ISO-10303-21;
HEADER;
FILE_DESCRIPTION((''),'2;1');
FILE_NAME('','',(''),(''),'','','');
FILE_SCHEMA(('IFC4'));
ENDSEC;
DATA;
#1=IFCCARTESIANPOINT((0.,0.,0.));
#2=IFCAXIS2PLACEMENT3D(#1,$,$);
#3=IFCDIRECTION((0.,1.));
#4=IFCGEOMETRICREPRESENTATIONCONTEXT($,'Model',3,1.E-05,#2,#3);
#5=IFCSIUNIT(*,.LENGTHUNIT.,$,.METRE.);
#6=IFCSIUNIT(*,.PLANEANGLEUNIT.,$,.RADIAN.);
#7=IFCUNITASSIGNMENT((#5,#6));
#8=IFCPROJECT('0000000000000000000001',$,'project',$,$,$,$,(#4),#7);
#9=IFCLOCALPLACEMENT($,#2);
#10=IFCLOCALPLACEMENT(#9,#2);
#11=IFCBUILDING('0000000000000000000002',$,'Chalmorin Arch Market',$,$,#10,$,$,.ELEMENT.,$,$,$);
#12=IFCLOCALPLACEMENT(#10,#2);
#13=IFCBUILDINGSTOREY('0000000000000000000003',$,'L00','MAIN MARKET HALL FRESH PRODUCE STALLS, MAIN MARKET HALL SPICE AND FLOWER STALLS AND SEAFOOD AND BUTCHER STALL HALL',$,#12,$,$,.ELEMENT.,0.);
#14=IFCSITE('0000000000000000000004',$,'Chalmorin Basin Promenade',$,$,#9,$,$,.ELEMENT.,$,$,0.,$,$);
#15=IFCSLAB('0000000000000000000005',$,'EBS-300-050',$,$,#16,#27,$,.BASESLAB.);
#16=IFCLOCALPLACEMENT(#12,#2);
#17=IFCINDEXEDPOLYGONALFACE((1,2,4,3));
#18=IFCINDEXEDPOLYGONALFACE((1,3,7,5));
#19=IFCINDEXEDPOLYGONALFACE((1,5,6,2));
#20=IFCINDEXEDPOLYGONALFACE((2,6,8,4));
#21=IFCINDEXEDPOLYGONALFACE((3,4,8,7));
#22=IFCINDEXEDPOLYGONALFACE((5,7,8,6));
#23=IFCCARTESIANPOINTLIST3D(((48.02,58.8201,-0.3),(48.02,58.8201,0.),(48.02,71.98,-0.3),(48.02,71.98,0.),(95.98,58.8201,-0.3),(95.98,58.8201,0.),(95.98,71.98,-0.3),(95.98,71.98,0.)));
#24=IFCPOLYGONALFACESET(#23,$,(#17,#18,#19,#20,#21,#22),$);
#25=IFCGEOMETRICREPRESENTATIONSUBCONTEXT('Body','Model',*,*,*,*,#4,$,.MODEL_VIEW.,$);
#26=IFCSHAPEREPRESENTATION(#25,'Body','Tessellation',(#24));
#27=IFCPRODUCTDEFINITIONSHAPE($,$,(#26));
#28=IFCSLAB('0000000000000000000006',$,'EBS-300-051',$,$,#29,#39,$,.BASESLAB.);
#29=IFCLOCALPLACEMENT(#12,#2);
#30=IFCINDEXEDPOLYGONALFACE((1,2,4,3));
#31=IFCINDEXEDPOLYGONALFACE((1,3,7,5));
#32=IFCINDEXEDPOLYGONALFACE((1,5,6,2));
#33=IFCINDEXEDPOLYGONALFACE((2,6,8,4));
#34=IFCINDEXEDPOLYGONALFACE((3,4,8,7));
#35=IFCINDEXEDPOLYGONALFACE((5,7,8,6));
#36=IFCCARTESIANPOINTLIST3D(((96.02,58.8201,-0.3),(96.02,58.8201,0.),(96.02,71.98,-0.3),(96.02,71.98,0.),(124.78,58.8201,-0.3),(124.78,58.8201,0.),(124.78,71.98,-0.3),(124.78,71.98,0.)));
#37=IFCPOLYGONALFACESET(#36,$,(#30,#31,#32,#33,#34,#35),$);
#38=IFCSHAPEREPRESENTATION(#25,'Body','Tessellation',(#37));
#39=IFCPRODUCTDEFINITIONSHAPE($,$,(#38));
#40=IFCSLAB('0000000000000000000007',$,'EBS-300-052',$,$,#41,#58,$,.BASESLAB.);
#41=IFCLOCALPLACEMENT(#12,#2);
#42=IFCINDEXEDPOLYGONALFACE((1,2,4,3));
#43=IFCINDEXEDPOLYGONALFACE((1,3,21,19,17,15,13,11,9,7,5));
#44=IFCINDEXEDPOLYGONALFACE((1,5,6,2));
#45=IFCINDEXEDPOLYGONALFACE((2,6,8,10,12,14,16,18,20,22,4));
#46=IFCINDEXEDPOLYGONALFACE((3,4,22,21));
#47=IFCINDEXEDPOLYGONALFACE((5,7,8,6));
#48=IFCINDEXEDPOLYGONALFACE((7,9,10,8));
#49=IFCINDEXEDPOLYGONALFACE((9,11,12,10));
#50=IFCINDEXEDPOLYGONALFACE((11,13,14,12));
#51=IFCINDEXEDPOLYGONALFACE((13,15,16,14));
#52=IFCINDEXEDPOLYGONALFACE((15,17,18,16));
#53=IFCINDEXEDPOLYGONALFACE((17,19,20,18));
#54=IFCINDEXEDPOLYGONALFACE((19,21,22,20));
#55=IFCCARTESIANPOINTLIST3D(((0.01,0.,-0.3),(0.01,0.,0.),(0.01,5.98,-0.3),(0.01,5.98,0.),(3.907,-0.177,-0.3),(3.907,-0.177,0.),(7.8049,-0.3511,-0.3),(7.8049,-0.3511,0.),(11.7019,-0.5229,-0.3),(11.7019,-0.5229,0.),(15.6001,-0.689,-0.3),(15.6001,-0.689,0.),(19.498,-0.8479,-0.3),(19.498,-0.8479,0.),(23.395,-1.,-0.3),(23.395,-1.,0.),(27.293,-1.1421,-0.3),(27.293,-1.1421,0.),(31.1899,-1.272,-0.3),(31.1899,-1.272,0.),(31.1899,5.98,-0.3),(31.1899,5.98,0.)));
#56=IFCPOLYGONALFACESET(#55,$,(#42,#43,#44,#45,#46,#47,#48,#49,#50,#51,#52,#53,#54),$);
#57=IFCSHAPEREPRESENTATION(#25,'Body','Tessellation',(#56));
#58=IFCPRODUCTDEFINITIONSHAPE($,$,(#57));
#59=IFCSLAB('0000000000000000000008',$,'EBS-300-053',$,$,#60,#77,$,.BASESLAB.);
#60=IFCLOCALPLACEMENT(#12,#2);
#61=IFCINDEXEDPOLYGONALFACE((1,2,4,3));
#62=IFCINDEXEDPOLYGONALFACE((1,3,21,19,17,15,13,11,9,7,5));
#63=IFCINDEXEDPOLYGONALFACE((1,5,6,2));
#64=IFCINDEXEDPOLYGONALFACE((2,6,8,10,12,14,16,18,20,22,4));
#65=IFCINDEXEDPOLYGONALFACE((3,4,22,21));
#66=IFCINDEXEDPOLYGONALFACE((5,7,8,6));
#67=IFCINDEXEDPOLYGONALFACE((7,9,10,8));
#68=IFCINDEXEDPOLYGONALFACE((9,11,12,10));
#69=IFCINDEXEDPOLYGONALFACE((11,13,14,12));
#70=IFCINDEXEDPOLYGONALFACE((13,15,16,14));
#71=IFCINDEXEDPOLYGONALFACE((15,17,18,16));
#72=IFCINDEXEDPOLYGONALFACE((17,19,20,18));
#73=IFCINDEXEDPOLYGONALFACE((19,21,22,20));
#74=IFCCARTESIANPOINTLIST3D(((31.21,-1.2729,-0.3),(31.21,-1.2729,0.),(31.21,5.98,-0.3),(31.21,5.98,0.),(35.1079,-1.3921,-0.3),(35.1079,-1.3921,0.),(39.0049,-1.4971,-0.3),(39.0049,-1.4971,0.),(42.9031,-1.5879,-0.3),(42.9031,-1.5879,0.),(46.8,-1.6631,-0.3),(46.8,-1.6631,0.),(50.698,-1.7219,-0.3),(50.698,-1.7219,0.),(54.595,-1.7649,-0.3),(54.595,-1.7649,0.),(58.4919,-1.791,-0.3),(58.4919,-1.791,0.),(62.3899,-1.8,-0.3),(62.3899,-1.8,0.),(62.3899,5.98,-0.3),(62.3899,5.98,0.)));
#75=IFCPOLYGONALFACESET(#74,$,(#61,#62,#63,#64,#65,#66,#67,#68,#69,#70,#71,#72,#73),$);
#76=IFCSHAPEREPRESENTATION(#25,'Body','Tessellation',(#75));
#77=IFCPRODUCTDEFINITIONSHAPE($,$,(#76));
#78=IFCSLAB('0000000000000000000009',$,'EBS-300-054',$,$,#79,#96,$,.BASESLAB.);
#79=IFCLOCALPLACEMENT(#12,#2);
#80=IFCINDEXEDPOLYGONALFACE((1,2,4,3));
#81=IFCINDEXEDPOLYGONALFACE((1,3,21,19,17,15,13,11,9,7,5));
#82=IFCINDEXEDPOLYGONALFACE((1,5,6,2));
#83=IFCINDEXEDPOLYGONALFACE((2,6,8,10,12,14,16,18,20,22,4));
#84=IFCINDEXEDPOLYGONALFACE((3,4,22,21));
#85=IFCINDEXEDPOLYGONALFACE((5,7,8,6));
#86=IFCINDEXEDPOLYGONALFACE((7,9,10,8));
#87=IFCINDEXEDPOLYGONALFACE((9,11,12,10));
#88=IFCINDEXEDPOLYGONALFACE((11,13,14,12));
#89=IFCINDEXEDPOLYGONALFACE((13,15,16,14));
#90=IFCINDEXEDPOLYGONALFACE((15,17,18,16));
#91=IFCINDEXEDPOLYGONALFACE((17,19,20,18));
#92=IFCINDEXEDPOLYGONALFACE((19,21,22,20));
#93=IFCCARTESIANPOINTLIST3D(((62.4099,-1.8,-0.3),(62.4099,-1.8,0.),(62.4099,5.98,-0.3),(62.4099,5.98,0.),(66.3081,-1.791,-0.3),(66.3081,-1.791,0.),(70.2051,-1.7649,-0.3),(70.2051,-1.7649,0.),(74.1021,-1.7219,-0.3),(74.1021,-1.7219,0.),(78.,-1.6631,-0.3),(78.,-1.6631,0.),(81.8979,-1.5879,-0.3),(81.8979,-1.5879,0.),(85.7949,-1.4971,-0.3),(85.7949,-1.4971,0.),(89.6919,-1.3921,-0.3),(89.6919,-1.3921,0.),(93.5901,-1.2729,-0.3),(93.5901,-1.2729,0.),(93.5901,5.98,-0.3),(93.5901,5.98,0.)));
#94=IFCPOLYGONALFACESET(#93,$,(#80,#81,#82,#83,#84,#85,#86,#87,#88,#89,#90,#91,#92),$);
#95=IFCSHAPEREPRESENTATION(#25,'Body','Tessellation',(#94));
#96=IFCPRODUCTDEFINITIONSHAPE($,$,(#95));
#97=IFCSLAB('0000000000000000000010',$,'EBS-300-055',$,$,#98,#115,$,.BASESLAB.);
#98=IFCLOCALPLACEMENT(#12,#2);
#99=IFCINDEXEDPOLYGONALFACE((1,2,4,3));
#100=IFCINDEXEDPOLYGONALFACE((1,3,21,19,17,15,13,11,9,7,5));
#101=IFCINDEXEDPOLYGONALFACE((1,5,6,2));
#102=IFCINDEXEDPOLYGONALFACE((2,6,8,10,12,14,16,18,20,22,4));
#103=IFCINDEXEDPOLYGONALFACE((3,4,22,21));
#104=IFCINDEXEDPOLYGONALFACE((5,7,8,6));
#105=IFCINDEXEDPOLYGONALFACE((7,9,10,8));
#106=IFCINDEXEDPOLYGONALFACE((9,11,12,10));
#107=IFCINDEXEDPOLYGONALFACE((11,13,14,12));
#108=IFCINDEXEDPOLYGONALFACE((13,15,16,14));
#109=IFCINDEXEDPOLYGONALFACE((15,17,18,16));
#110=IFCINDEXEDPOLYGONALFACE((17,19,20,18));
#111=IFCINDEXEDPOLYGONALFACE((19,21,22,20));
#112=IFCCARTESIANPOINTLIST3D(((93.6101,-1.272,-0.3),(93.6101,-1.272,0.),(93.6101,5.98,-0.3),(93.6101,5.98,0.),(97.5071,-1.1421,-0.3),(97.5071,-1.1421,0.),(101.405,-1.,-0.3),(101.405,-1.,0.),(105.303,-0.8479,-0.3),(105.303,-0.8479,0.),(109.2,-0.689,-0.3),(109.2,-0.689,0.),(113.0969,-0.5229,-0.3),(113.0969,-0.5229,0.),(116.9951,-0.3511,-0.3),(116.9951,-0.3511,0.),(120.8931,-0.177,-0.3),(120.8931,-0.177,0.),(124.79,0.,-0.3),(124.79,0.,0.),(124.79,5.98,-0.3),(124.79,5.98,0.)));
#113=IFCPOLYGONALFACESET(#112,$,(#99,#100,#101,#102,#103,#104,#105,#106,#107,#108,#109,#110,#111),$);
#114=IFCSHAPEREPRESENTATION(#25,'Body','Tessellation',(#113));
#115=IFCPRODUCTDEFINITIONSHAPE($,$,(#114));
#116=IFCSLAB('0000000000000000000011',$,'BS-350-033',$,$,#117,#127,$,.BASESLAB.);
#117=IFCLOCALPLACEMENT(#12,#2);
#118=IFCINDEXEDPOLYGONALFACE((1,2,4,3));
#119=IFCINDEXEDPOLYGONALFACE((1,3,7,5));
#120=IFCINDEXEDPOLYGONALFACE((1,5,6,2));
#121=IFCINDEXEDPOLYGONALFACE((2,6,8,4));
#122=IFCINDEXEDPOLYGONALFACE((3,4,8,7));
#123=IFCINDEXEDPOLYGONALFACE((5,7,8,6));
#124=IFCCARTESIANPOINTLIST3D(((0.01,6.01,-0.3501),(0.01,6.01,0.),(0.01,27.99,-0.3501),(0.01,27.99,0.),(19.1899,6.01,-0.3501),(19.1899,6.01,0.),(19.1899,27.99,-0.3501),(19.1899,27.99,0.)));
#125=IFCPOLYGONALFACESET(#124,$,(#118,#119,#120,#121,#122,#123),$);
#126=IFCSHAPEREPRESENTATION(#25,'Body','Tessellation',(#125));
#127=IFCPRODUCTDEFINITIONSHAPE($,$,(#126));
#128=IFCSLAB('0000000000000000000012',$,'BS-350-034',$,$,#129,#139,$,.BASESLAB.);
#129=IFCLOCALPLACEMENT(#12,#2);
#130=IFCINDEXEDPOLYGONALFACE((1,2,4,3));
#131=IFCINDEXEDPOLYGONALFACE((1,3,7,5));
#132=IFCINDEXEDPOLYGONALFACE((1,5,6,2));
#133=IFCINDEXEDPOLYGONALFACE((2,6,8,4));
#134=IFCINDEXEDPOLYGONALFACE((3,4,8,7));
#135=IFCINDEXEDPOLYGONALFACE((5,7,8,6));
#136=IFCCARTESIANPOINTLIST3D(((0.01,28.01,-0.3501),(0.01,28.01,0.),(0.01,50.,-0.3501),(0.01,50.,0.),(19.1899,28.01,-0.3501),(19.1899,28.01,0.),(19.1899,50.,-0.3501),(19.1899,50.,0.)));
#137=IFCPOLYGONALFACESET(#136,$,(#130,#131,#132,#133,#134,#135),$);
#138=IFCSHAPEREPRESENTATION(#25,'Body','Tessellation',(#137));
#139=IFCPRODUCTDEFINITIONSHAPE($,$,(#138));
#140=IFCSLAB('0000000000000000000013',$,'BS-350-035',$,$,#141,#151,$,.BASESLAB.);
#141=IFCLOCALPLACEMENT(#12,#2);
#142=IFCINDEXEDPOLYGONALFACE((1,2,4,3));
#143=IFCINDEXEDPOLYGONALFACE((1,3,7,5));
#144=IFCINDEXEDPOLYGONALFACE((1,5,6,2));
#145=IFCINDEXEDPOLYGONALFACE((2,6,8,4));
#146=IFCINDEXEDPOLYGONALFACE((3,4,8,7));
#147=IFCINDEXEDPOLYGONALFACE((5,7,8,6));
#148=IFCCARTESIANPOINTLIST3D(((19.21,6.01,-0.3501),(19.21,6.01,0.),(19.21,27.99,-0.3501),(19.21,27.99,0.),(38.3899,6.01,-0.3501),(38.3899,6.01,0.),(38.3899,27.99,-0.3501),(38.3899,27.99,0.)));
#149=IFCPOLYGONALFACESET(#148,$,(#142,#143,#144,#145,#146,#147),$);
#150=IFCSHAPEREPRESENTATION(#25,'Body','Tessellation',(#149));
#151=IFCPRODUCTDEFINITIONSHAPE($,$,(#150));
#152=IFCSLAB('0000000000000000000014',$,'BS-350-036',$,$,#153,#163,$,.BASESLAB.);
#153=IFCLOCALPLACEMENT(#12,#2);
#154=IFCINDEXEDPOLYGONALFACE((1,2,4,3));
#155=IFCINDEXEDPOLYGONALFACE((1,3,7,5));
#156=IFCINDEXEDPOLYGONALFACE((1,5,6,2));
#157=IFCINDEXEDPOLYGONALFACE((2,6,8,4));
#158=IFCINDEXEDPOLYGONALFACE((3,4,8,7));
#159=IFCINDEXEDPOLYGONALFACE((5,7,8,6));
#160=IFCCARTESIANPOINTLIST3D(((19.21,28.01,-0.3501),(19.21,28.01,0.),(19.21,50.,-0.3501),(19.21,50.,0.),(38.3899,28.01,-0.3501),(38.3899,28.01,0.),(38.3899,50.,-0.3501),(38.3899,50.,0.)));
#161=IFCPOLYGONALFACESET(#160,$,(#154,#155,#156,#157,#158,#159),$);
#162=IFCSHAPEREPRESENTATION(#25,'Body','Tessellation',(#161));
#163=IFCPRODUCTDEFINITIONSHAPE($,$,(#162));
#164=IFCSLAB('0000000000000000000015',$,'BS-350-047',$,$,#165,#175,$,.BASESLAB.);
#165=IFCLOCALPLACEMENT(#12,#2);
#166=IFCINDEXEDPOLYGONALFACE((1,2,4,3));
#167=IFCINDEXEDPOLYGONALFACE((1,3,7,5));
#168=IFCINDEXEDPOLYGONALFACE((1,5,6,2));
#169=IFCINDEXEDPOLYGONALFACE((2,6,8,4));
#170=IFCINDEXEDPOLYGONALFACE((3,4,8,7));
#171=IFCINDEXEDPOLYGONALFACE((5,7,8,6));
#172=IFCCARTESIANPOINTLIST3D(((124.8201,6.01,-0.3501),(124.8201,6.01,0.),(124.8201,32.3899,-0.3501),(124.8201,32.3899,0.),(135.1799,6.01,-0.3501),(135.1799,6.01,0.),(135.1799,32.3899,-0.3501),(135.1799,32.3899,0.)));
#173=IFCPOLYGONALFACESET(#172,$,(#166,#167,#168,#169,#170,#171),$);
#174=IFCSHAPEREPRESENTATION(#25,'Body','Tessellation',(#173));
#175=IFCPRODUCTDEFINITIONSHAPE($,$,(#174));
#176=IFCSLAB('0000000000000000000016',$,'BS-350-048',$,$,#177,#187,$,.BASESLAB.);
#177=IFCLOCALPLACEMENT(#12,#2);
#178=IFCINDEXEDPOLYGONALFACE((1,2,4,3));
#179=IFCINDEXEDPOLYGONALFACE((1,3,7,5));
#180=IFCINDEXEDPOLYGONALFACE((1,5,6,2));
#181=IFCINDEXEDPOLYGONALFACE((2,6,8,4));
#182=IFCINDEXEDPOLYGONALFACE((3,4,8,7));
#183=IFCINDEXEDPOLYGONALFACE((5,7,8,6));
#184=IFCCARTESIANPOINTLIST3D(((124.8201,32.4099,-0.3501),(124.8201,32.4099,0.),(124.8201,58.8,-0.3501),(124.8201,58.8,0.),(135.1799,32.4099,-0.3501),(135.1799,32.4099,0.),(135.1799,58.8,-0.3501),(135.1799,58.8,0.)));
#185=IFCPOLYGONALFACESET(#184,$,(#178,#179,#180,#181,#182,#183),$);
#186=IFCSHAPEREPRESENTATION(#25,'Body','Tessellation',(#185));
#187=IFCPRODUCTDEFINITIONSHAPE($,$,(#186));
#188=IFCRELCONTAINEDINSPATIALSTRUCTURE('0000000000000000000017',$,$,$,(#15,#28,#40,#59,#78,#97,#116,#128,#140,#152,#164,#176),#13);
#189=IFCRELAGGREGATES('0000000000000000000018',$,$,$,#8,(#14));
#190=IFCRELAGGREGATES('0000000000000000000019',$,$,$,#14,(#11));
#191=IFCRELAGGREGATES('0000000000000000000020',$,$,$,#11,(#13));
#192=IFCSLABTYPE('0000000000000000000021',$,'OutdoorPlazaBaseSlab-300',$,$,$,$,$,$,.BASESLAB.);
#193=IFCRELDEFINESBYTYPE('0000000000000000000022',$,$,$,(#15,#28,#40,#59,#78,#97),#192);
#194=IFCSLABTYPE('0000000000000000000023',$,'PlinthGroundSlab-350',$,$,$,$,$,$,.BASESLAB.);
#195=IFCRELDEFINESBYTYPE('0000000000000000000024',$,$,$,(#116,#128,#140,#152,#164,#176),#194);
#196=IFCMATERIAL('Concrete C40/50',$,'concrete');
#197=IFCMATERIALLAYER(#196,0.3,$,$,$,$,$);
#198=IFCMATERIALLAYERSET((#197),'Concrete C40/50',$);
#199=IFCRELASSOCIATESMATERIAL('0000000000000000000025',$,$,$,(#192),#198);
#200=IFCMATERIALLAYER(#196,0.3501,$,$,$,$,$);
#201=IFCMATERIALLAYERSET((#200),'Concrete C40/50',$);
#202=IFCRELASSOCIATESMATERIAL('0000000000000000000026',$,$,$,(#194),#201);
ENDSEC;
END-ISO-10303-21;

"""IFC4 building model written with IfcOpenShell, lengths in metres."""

from ifc_helpers import new_model, si_unit, direction, frame, origin, place, context, subcontext, project, spatial, polyline, outline, extrude, material, layer, layer_set, type_object, element, save


model = new_model("IFC4")

# Units and contexts
model_context = context("Model", 3, precision=1e-05, world=origin(), true_north=direction((0.0, 1.0)))
body_context = subcontext(model_context, "Body", "Model", "MODEL_VIEW")
ifc_project = project(units=[si_unit("LENGTHUNIT", "METRE"), si_unit("PLANEANGLEUNIT", "RADIAN")], contexts=[model_context])

# Site, building, storey
site_placement = place(None, origin())
site = spatial("IfcSite", under=ifc_project, at=site_placement, Name="Chalmorin Basin Promenade", CompositionType="ELEMENT", RefElevation=0.0)
building_placement = place(site_placement, origin())
building = spatial("IfcBuilding", under=site, at=building_placement, Name="Chalmorin Arch Market", CompositionType="ELEMENT")
storey_placement = place(building_placement, origin())
storey = spatial("IfcBuildingStorey", under=building, at=storey_placement, Name="L00", Description="MAIN MARKET HALL FRESH PRODUCE STALLS, MAIN MARKET HALL SPICE AND FLOWER STALLS AND SEAFOOD AND BUTCHER STALL HALL", CompositionType="ELEMENT", Elevation=0.0)

# Shared definitions
ifc_material = material(Name="Concrete C40/50", Category="concrete")

# Slabs
ifc_layer_1 = layer(ifc_material, 0.3)
ifc_layer_set_1 = layer_set([ifc_layer_1], Name="Concrete C40/50")
slab_type_1 = type_object("IfcSlabType", Name="OutdoorPlazaBaseSlab-300", PredefinedType="BASESLAB", material=ifc_layer_set_1)
slab_1_placement = place(storey_placement, frame((0.0, 0.0, -0.3)))
element("IfcSlab", 1, at=slab_1_placement, inside=storey, type_object=slab_type_1, Name="EBS-300-050", PredefinedType="BASESLAB", context=body_context, shape_type="SweptSolid", body=[
    extrude(outline(polyline([(48.02, 58.8201), (95.98, 58.8201), (95.98, 71.98), (48.02, 71.98), (48.02, 58.8201)])), origin(), (0.0, 0.0, 1.0), 0.3),
])
slab_2_placement = place(storey_placement, frame((0.0, 0.0, -0.3)))
element("IfcSlab", 2, at=slab_2_placement, inside=storey, type_object=slab_type_1, Name="EBS-300-051", PredefinedType="BASESLAB", context=body_context, shape_type="SweptSolid", body=[
    extrude(outline(polyline([(96.02, 58.8201), (124.78, 58.8201), (124.78, 71.98), (96.02, 71.98), (96.02, 58.8201)])), origin(), (0.0, 0.0, 1.0), 0.3),
])
slab_3_placement = place(storey_placement, frame((0.0, 0.0, -0.3)))
element("IfcSlab", 3, at=slab_3_placement, inside=storey, type_object=slab_type_1, Name="EBS-300-052", PredefinedType="BASESLAB", context=body_context, shape_type="SweptSolid", body=[
    extrude(outline(polyline([(0.01, 0.0), (3.907, -0.177), (7.8049, -0.3511), (11.7019, -0.5229), (15.6001, -0.689), (19.498, -0.8479), (23.395, -1.0), (27.293, -1.1421), (31.1899, -1.272), (31.1899, 5.98), (0.01, 5.98), (0.01, 0.0)])), origin(), (0.0, 0.0, 1.0), 0.3),
])
slab_4_placement = place(storey_placement, frame((0.0, 0.0, -0.3)))
element("IfcSlab", 4, at=slab_4_placement, inside=storey, type_object=slab_type_1, Name="EBS-300-053", PredefinedType="BASESLAB", context=body_context, shape_type="SweptSolid", body=[
    extrude(outline(polyline([(31.21, -1.2729), (35.1079, -1.3921), (39.0049, -1.4971), (42.9031, -1.5879), (46.8, -1.6631), (50.698, -1.7219), (54.595, -1.7649), (58.4919, -1.791), (62.3899, -1.8), (62.3899, 5.98), (31.21, 5.98), (31.21, -1.2729)])), origin(), (0.0, 0.0, 1.0), 0.3),
])
slab_5_placement = place(storey_placement, frame((0.0, 0.0, -0.3)))
element("IfcSlab", 5, at=slab_5_placement, inside=storey, type_object=slab_type_1, Name="EBS-300-054", PredefinedType="BASESLAB", context=body_context, shape_type="SweptSolid", body=[
    extrude(outline(polyline([(62.4099, -1.8), (66.3081, -1.791), (70.2051, -1.7649), (74.1021, -1.7219), (78.0, -1.6631), (81.8979, -1.5879), (85.7949, -1.4971), (89.6919, -1.3921), (93.5901, -1.2729), (93.5901, 5.98), (62.4099, 5.98), (62.4099, -1.8)])), origin(), (0.0, 0.0, 1.0), 0.3),
])
slab_6_placement = place(storey_placement, frame((0.0, 0.0, -0.3)))
element("IfcSlab", 6, at=slab_6_placement, inside=storey, type_object=slab_type_1, Name="EBS-300-055", PredefinedType="BASESLAB", context=body_context, shape_type="SweptSolid", body=[
    extrude(outline(polyline([(93.6101, -1.272), (97.5071, -1.1421), (101.405, -1.0), (105.303, -0.8479), (109.2, -0.689), (113.0969, -0.5229), (116.9951, -0.3511), (120.8931, -0.177), (124.79, 0.0), (124.79, 5.98), (93.6101, 5.98), (93.6101, -1.272)])), origin(), (0.0, 0.0, 1.0), 0.3),
])
ifc_layer_2 = layer(ifc_material, 0.3501)
ifc_layer_set_2 = layer_set([ifc_layer_2], Name="Concrete C40/50")
slab_type_2 = type_object("IfcSlabType", Name="PlinthGroundSlab-350", PredefinedType="BASESLAB", material=ifc_layer_set_2)
slab_7_placement = place(storey_placement, frame((0.0, 0.0, -0.3501)))
element("IfcSlab", 7, at=slab_7_placement, inside=storey, type_object=slab_type_2, Name="BS-350-033", PredefinedType="BASESLAB", context=body_context, shape_type="SweptSolid", body=[
    extrude(outline(polyline([(0.01, 6.01), (19.1899, 6.01), (19.1899, 27.99), (0.01, 27.99), (0.01, 6.01)])), origin(), (0.0, 0.0, 1.0), 0.3501),
])
slab_8_placement = place(storey_placement, frame((0.0, 0.0, -0.3501)))
element("IfcSlab", 8, at=slab_8_placement, inside=storey, type_object=slab_type_2, Name="BS-350-034", PredefinedType="BASESLAB", context=body_context, shape_type="SweptSolid", body=[
    extrude(outline(polyline([(0.01, 28.01), (19.1899, 28.01), (19.1899, 50.0), (0.01, 50.0), (0.01, 28.01)])), origin(), (0.0, 0.0, 1.0), 0.3501),
])
slab_9_placement = place(storey_placement, frame((0.0, 0.0, -0.3501)))
element("IfcSlab", 9, at=slab_9_placement, inside=storey, type_object=slab_type_2, Name="BS-350-035", PredefinedType="BASESLAB", context=body_context, shape_type="SweptSolid", body=[
    extrude(outline(polyline([(19.21, 6.01), (38.3899, 6.01), (38.3899, 27.99), (19.21, 27.99), (19.21, 6.01)])), origin(), (0.0, 0.0, 1.0), 0.3501),
])
slab_10_placement = place(storey_placement, frame((0.0, 0.0, -0.3501)))
element("IfcSlab", 10, at=slab_10_placement, inside=storey, type_object=slab_type_2, Name="BS-350-036", PredefinedType="BASESLAB", context=body_context, shape_type="SweptSolid", body=[
    extrude(outline(polyline([(19.21, 28.01), (38.3899, 28.01), (38.3899, 50.0), (19.21, 50.0), (19.21, 28.01)])), origin(), (0.0, 0.0, 1.0), 0.3501),
])
slab_11_placement = place(storey_placement, frame((0.0, 0.0, -0.3501)))
element("IfcSlab", 11, at=slab_11_placement, inside=storey, type_object=slab_type_2, Name="BS-350-047", PredefinedType="BASESLAB", context=body_context, shape_type="SweptSolid", body=[
    extrude(outline(polyline([(124.8201, 6.01), (135.1799, 6.01), (135.1799, 32.3899), (124.8201, 32.3899), (124.8201, 6.01)])), origin(), (0.0, 0.0, 1.0), 0.3501),
])
slab_12_placement = place(storey_placement, frame((0.0, 0.0, -0.3501)))
element("IfcSlab", 12, at=slab_12_placement, inside=storey, type_object=slab_type_2, Name="BS-350-048", PredefinedType="BASESLAB", context=body_context, shape_type="SweptSolid", body=[
    extrude(outline(polyline([(124.8201, 32.4099), (135.1799, 32.4099), (135.1799, 58.8), (124.8201, 58.8), (124.8201, 32.4099)])), origin(), (0.0, 0.0, 1.0), 0.3501),
])

save(model, "model.ifc")
